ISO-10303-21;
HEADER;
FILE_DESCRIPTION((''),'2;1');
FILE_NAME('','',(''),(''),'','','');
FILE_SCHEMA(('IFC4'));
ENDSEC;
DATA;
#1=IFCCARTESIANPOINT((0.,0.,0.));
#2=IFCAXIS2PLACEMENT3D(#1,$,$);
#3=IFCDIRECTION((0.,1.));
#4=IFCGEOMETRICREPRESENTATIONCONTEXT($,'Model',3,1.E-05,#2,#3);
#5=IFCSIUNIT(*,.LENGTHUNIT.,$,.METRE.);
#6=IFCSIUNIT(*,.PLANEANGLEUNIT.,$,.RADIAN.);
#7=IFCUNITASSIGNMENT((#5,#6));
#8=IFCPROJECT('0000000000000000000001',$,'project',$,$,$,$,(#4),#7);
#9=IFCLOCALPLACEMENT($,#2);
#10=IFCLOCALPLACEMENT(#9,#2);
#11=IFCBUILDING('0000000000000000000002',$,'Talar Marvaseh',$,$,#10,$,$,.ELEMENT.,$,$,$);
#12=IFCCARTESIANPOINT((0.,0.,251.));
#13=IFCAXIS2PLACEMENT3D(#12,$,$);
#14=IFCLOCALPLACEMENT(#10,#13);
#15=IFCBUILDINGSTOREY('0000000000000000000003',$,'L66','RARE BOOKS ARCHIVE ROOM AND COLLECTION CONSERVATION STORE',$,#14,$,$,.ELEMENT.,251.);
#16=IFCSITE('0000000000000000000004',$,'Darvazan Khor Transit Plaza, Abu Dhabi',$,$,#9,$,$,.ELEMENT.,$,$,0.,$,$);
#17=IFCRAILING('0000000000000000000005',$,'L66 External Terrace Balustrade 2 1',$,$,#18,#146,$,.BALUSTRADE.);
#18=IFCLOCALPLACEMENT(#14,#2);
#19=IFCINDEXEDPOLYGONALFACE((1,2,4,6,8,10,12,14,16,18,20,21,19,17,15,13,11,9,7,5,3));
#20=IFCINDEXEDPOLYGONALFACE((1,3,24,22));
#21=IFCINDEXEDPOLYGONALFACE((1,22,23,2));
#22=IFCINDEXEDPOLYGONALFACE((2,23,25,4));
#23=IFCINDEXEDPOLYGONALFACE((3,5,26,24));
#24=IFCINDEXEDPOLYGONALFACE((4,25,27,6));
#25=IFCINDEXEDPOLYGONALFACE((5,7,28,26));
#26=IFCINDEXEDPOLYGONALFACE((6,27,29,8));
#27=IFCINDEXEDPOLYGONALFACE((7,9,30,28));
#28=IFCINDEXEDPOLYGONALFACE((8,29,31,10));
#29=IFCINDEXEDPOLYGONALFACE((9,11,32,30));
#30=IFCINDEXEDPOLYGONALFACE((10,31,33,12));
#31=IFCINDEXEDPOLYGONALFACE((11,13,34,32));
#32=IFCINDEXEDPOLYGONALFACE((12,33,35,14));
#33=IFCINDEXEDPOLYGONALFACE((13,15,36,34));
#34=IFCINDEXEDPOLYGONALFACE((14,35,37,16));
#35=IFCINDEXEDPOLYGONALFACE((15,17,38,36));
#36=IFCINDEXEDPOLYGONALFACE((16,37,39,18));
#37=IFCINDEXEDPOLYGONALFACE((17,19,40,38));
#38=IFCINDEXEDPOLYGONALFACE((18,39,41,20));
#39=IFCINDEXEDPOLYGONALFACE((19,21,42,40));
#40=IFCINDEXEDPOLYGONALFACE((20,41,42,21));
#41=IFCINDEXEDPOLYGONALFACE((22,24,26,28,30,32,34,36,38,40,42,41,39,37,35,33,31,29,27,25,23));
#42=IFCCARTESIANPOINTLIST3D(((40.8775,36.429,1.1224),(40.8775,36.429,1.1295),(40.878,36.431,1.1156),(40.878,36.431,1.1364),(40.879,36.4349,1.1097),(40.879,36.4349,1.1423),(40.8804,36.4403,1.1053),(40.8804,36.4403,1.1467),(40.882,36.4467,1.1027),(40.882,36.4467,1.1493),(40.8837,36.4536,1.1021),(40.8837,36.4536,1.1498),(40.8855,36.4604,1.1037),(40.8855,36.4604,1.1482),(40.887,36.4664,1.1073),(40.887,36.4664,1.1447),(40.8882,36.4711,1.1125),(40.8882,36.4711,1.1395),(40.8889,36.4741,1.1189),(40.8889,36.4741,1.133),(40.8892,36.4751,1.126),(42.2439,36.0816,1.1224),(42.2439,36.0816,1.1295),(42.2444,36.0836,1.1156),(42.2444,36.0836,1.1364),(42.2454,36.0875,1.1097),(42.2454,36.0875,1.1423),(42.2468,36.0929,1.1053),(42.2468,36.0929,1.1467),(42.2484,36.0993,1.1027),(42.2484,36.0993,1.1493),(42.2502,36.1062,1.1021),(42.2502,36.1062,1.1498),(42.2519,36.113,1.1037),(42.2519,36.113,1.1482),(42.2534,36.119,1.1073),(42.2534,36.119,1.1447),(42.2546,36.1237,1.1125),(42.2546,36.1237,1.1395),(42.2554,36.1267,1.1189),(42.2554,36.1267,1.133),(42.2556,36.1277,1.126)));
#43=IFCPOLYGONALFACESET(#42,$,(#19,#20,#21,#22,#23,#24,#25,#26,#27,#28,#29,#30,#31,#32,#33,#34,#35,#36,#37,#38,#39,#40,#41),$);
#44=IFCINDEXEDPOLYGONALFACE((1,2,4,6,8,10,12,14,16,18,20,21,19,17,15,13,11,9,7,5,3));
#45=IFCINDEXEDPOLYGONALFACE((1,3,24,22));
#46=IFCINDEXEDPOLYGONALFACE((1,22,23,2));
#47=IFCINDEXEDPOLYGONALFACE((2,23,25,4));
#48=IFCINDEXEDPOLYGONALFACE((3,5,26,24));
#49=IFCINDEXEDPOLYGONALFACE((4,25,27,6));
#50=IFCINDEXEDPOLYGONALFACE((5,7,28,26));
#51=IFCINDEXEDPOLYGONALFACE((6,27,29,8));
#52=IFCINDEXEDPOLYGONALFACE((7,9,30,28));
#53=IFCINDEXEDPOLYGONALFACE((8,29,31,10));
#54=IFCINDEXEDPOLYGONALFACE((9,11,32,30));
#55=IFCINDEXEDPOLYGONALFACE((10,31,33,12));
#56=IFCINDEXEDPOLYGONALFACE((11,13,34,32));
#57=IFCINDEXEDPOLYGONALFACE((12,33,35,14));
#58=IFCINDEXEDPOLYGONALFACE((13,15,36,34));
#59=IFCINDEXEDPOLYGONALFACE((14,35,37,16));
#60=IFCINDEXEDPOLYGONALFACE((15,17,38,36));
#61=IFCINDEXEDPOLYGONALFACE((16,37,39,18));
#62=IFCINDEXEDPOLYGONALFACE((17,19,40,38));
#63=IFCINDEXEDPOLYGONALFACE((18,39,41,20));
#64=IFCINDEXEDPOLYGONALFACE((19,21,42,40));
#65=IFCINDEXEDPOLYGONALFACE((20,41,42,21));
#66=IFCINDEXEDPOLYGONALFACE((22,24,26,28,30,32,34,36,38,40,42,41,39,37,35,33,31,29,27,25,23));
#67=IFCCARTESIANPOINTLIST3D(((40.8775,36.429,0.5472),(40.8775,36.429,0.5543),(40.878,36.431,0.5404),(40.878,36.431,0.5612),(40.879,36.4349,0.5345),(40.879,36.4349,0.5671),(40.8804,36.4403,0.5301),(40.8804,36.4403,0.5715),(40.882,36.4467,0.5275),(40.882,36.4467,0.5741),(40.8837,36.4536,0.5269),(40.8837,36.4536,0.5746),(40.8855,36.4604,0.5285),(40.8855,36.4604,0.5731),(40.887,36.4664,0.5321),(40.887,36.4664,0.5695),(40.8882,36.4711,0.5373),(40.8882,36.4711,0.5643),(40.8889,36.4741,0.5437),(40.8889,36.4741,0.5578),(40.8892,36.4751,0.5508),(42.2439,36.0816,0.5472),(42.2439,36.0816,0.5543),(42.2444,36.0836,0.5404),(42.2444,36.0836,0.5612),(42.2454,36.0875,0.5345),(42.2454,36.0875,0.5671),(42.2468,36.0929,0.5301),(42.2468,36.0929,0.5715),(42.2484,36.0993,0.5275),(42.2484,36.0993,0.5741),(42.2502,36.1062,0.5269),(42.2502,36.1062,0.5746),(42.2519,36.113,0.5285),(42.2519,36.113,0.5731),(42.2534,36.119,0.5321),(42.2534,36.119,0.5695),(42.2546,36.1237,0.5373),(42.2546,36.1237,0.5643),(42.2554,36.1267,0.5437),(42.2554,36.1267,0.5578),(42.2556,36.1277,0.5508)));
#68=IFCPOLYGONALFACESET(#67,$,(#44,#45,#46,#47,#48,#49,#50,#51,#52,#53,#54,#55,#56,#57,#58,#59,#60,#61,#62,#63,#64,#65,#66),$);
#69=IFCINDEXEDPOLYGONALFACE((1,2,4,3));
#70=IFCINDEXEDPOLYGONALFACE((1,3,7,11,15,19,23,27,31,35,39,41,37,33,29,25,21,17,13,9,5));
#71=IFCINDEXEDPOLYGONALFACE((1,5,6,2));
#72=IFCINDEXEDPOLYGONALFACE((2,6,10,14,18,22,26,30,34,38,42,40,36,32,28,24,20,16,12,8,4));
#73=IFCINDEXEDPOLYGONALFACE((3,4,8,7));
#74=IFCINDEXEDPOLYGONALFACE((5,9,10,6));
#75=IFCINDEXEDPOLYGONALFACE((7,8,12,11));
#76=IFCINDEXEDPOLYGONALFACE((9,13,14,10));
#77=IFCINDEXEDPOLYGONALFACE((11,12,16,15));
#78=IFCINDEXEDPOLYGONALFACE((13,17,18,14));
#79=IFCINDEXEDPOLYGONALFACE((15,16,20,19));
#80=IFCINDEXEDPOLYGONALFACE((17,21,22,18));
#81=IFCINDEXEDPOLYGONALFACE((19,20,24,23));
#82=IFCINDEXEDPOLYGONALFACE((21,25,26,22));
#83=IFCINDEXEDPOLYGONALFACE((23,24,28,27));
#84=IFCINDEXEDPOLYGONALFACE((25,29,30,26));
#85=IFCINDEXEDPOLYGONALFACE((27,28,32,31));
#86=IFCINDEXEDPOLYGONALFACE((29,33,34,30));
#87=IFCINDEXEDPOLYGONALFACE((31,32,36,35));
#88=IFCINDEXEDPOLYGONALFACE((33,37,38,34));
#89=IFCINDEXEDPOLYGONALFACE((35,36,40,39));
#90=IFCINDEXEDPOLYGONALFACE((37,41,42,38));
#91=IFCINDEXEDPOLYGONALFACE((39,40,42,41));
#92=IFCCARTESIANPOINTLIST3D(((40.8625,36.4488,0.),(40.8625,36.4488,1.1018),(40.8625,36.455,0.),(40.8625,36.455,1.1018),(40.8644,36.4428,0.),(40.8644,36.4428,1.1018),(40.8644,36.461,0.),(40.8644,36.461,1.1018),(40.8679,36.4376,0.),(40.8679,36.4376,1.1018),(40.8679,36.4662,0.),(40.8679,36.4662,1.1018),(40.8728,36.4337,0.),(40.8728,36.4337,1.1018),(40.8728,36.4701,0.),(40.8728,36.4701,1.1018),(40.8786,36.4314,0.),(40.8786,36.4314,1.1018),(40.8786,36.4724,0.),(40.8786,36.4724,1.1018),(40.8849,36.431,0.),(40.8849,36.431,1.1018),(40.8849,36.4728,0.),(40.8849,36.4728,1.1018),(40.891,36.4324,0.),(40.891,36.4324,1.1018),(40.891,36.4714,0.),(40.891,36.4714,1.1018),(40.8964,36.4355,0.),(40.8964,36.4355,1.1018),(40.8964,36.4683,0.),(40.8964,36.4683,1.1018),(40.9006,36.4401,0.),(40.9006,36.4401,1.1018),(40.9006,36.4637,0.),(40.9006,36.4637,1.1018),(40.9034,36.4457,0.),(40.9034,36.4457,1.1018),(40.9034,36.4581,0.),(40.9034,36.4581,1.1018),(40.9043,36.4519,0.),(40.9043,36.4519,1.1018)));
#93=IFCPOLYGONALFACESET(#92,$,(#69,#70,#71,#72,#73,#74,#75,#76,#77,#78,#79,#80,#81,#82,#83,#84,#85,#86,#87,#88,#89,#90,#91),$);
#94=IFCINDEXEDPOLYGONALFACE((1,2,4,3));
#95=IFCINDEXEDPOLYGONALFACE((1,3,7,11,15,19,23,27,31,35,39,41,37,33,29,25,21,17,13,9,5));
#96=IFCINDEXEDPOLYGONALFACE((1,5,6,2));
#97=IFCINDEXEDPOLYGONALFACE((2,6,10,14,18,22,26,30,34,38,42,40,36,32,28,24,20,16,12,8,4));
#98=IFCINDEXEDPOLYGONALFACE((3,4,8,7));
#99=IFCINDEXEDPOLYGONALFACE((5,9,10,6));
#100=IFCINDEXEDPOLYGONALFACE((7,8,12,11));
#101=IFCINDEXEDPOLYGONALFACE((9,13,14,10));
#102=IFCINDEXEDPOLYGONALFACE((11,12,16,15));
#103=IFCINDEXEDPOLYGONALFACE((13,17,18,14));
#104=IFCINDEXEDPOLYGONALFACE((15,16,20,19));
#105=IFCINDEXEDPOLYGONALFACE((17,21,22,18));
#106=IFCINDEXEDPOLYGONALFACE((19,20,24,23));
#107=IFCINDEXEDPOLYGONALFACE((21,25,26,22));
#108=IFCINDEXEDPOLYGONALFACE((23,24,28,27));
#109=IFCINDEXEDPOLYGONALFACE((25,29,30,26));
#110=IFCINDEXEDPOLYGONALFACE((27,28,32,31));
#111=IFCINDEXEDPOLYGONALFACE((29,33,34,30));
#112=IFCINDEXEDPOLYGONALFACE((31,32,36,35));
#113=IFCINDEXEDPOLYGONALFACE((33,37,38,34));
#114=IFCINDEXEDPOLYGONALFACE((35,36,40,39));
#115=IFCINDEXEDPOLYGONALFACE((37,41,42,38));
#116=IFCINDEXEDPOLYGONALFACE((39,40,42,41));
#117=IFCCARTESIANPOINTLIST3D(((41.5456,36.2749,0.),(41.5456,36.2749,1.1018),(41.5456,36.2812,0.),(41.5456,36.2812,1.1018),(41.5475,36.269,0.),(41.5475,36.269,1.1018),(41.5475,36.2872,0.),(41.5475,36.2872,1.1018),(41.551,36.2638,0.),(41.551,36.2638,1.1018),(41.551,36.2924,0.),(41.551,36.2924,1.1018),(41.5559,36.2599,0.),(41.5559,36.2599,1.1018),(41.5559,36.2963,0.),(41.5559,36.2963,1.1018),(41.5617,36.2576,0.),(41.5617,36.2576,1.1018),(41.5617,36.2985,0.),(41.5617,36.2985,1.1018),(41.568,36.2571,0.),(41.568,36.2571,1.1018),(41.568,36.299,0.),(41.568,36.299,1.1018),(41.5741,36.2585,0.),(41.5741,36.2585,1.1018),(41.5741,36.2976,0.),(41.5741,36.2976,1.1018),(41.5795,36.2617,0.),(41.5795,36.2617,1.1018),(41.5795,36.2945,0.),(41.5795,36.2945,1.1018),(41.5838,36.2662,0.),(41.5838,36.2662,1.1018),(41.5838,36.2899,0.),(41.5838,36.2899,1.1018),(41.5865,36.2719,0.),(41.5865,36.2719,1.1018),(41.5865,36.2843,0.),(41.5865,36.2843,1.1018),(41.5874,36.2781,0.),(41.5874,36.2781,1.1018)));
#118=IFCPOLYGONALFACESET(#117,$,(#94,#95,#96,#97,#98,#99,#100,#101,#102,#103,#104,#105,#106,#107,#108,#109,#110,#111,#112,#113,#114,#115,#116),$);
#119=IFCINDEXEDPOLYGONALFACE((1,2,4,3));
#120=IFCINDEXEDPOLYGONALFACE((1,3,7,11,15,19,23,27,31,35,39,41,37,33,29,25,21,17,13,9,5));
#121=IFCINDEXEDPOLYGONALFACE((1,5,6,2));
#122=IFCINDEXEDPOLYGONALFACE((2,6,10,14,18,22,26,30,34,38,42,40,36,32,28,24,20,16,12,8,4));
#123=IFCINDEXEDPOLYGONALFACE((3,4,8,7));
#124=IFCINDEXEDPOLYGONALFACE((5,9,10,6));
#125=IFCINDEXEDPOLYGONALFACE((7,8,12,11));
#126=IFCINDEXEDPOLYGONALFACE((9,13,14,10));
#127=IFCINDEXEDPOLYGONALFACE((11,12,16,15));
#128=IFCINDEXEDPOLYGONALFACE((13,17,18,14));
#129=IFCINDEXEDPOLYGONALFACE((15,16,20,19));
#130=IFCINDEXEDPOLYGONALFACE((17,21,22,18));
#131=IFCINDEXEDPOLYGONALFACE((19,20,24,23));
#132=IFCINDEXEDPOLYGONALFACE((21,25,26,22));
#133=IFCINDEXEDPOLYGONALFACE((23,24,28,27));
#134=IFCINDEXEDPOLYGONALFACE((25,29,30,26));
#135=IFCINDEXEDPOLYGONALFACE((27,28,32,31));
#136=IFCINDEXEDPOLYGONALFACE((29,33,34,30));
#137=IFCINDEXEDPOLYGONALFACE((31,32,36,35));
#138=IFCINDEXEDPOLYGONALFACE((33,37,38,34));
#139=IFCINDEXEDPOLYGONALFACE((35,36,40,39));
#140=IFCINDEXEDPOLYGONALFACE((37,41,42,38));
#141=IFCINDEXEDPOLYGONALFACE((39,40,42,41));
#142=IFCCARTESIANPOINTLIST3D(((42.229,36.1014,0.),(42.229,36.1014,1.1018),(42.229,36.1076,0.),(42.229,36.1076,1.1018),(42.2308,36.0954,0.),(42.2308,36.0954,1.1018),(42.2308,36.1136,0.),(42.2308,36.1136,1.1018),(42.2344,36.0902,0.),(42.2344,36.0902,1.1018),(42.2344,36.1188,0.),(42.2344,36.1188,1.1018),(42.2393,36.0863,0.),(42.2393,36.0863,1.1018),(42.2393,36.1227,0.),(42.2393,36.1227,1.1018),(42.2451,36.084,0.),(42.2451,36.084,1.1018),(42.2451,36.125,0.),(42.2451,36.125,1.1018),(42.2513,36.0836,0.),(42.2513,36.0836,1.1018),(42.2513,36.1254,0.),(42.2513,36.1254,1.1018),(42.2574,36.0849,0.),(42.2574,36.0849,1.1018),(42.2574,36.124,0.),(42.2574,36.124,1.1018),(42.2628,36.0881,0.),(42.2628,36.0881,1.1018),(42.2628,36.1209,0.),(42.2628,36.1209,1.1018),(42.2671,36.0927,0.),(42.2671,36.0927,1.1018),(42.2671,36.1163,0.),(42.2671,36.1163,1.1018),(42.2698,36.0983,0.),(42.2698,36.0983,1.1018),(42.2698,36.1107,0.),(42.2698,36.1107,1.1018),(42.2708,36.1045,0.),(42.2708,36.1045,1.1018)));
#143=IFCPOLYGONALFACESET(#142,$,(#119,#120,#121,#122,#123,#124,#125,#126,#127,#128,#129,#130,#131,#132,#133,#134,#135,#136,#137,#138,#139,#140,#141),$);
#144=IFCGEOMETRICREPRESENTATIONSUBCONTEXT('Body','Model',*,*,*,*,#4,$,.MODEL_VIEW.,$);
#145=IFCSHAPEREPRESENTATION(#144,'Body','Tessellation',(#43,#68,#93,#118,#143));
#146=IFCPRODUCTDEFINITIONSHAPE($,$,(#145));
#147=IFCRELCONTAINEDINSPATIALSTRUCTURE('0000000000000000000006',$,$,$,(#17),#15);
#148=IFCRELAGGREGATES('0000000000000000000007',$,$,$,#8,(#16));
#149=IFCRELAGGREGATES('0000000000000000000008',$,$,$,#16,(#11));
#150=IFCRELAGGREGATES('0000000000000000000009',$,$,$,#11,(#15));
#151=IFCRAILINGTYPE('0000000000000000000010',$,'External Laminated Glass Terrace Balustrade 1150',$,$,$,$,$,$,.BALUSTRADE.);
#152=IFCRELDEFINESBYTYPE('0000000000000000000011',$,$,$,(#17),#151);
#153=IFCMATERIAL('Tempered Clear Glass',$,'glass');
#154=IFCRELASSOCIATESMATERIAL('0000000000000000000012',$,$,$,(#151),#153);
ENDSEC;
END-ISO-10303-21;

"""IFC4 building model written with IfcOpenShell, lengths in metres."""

from ifc_helpers import new_model, si_unit, direction, frame, origin, origin_2d, place, context, subcontext, project, spatial, circle, extrude, material, type_object, element, save


model = new_model("IFC4")

# Units and contexts
model_context = context("Model", 3, precision=1e-05, world=origin(), true_north=direction((0.0, 1.0)))
body_context = subcontext(model_context, "Body", "Model", "MODEL_VIEW")
ifc_project = project(units=[si_unit("LENGTHUNIT", "METRE"), si_unit("PLANEANGLEUNIT", "RADIAN")], contexts=[model_context])

# Site, building, storey
site_placement = place(None, origin())
site = spatial("IfcSite", under=ifc_project, at=site_placement, Name="Darvazan Khor Transit Plaza, Abu Dhabi", CompositionType="ELEMENT", RefElevation=0.0)
building_placement = place(site_placement, origin())
building = spatial("IfcBuilding", under=site, at=building_placement, Name="Talar Marvaseh", CompositionType="ELEMENT")
storey_placement = place(building_placement, frame((0.0, 0.0, 251.0)))
storey = spatial("IfcBuildingStorey", under=building, at=storey_placement, Name="L66", Description="RARE BOOKS ARCHIVE ROOM AND COLLECTION CONSERVATION STORE", CompositionType="ELEMENT", Elevation=251.0)

# Railing
ifc_material_1 = material(Name="Tempered Clear Glass", Category="glass")
railing_type = type_object("IfcRailingType", Name="External Laminated Glass Terrace Balustrade 1150", PredefinedType="BALUSTRADE", material=ifc_material_1)
railing_1_placement = place(storey_placement, frame((40.8833, 36.4519, 0.0)))
element("IfcRailing", 1, at=railing_1_placement, inside=storey, type_object=railing_type, Name="L66 External Terrace Balustrade 2 1", PredefinedType="BALUSTRADE", context=body_context, shape_type="SweptSolid", body=[
    extrude(circle(Radius=0.0239, at=origin_2d()), frame((0.0, 0.0, 1.126), z_axis=(0.969167, -0.246404, 0.0), x_axis=(0.246404, 0.969167, 0.0)), (0.0, 0.0, 1.0), 1.4099),
    extrude(circle(Radius=0.0239, at=origin_2d()), frame((0.0, 0.0, 0.5508), z_axis=(0.969167, -0.246404, 0.0), x_axis=(0.246404, 0.969167, 0.0)), (0.0, 0.0, 1.0), 1.4099),
    extrude(circle(Radius=0.021, at=origin_2d()), origin(), (0.0, 0.0, 1.0), 1.1018),
    extrude(circle(Radius=0.021, at=origin_2d()), frame((0.6831, -0.1738, 0.0)), (0.0, 0.0, 1.0), 1.1018),
    extrude(circle(Radius=0.021, at=origin_2d()), frame((1.3665, -0.3474, 0.0)), (0.0, 0.0, 1.0), 1.1018),
])

save(model, "model.ifc")
